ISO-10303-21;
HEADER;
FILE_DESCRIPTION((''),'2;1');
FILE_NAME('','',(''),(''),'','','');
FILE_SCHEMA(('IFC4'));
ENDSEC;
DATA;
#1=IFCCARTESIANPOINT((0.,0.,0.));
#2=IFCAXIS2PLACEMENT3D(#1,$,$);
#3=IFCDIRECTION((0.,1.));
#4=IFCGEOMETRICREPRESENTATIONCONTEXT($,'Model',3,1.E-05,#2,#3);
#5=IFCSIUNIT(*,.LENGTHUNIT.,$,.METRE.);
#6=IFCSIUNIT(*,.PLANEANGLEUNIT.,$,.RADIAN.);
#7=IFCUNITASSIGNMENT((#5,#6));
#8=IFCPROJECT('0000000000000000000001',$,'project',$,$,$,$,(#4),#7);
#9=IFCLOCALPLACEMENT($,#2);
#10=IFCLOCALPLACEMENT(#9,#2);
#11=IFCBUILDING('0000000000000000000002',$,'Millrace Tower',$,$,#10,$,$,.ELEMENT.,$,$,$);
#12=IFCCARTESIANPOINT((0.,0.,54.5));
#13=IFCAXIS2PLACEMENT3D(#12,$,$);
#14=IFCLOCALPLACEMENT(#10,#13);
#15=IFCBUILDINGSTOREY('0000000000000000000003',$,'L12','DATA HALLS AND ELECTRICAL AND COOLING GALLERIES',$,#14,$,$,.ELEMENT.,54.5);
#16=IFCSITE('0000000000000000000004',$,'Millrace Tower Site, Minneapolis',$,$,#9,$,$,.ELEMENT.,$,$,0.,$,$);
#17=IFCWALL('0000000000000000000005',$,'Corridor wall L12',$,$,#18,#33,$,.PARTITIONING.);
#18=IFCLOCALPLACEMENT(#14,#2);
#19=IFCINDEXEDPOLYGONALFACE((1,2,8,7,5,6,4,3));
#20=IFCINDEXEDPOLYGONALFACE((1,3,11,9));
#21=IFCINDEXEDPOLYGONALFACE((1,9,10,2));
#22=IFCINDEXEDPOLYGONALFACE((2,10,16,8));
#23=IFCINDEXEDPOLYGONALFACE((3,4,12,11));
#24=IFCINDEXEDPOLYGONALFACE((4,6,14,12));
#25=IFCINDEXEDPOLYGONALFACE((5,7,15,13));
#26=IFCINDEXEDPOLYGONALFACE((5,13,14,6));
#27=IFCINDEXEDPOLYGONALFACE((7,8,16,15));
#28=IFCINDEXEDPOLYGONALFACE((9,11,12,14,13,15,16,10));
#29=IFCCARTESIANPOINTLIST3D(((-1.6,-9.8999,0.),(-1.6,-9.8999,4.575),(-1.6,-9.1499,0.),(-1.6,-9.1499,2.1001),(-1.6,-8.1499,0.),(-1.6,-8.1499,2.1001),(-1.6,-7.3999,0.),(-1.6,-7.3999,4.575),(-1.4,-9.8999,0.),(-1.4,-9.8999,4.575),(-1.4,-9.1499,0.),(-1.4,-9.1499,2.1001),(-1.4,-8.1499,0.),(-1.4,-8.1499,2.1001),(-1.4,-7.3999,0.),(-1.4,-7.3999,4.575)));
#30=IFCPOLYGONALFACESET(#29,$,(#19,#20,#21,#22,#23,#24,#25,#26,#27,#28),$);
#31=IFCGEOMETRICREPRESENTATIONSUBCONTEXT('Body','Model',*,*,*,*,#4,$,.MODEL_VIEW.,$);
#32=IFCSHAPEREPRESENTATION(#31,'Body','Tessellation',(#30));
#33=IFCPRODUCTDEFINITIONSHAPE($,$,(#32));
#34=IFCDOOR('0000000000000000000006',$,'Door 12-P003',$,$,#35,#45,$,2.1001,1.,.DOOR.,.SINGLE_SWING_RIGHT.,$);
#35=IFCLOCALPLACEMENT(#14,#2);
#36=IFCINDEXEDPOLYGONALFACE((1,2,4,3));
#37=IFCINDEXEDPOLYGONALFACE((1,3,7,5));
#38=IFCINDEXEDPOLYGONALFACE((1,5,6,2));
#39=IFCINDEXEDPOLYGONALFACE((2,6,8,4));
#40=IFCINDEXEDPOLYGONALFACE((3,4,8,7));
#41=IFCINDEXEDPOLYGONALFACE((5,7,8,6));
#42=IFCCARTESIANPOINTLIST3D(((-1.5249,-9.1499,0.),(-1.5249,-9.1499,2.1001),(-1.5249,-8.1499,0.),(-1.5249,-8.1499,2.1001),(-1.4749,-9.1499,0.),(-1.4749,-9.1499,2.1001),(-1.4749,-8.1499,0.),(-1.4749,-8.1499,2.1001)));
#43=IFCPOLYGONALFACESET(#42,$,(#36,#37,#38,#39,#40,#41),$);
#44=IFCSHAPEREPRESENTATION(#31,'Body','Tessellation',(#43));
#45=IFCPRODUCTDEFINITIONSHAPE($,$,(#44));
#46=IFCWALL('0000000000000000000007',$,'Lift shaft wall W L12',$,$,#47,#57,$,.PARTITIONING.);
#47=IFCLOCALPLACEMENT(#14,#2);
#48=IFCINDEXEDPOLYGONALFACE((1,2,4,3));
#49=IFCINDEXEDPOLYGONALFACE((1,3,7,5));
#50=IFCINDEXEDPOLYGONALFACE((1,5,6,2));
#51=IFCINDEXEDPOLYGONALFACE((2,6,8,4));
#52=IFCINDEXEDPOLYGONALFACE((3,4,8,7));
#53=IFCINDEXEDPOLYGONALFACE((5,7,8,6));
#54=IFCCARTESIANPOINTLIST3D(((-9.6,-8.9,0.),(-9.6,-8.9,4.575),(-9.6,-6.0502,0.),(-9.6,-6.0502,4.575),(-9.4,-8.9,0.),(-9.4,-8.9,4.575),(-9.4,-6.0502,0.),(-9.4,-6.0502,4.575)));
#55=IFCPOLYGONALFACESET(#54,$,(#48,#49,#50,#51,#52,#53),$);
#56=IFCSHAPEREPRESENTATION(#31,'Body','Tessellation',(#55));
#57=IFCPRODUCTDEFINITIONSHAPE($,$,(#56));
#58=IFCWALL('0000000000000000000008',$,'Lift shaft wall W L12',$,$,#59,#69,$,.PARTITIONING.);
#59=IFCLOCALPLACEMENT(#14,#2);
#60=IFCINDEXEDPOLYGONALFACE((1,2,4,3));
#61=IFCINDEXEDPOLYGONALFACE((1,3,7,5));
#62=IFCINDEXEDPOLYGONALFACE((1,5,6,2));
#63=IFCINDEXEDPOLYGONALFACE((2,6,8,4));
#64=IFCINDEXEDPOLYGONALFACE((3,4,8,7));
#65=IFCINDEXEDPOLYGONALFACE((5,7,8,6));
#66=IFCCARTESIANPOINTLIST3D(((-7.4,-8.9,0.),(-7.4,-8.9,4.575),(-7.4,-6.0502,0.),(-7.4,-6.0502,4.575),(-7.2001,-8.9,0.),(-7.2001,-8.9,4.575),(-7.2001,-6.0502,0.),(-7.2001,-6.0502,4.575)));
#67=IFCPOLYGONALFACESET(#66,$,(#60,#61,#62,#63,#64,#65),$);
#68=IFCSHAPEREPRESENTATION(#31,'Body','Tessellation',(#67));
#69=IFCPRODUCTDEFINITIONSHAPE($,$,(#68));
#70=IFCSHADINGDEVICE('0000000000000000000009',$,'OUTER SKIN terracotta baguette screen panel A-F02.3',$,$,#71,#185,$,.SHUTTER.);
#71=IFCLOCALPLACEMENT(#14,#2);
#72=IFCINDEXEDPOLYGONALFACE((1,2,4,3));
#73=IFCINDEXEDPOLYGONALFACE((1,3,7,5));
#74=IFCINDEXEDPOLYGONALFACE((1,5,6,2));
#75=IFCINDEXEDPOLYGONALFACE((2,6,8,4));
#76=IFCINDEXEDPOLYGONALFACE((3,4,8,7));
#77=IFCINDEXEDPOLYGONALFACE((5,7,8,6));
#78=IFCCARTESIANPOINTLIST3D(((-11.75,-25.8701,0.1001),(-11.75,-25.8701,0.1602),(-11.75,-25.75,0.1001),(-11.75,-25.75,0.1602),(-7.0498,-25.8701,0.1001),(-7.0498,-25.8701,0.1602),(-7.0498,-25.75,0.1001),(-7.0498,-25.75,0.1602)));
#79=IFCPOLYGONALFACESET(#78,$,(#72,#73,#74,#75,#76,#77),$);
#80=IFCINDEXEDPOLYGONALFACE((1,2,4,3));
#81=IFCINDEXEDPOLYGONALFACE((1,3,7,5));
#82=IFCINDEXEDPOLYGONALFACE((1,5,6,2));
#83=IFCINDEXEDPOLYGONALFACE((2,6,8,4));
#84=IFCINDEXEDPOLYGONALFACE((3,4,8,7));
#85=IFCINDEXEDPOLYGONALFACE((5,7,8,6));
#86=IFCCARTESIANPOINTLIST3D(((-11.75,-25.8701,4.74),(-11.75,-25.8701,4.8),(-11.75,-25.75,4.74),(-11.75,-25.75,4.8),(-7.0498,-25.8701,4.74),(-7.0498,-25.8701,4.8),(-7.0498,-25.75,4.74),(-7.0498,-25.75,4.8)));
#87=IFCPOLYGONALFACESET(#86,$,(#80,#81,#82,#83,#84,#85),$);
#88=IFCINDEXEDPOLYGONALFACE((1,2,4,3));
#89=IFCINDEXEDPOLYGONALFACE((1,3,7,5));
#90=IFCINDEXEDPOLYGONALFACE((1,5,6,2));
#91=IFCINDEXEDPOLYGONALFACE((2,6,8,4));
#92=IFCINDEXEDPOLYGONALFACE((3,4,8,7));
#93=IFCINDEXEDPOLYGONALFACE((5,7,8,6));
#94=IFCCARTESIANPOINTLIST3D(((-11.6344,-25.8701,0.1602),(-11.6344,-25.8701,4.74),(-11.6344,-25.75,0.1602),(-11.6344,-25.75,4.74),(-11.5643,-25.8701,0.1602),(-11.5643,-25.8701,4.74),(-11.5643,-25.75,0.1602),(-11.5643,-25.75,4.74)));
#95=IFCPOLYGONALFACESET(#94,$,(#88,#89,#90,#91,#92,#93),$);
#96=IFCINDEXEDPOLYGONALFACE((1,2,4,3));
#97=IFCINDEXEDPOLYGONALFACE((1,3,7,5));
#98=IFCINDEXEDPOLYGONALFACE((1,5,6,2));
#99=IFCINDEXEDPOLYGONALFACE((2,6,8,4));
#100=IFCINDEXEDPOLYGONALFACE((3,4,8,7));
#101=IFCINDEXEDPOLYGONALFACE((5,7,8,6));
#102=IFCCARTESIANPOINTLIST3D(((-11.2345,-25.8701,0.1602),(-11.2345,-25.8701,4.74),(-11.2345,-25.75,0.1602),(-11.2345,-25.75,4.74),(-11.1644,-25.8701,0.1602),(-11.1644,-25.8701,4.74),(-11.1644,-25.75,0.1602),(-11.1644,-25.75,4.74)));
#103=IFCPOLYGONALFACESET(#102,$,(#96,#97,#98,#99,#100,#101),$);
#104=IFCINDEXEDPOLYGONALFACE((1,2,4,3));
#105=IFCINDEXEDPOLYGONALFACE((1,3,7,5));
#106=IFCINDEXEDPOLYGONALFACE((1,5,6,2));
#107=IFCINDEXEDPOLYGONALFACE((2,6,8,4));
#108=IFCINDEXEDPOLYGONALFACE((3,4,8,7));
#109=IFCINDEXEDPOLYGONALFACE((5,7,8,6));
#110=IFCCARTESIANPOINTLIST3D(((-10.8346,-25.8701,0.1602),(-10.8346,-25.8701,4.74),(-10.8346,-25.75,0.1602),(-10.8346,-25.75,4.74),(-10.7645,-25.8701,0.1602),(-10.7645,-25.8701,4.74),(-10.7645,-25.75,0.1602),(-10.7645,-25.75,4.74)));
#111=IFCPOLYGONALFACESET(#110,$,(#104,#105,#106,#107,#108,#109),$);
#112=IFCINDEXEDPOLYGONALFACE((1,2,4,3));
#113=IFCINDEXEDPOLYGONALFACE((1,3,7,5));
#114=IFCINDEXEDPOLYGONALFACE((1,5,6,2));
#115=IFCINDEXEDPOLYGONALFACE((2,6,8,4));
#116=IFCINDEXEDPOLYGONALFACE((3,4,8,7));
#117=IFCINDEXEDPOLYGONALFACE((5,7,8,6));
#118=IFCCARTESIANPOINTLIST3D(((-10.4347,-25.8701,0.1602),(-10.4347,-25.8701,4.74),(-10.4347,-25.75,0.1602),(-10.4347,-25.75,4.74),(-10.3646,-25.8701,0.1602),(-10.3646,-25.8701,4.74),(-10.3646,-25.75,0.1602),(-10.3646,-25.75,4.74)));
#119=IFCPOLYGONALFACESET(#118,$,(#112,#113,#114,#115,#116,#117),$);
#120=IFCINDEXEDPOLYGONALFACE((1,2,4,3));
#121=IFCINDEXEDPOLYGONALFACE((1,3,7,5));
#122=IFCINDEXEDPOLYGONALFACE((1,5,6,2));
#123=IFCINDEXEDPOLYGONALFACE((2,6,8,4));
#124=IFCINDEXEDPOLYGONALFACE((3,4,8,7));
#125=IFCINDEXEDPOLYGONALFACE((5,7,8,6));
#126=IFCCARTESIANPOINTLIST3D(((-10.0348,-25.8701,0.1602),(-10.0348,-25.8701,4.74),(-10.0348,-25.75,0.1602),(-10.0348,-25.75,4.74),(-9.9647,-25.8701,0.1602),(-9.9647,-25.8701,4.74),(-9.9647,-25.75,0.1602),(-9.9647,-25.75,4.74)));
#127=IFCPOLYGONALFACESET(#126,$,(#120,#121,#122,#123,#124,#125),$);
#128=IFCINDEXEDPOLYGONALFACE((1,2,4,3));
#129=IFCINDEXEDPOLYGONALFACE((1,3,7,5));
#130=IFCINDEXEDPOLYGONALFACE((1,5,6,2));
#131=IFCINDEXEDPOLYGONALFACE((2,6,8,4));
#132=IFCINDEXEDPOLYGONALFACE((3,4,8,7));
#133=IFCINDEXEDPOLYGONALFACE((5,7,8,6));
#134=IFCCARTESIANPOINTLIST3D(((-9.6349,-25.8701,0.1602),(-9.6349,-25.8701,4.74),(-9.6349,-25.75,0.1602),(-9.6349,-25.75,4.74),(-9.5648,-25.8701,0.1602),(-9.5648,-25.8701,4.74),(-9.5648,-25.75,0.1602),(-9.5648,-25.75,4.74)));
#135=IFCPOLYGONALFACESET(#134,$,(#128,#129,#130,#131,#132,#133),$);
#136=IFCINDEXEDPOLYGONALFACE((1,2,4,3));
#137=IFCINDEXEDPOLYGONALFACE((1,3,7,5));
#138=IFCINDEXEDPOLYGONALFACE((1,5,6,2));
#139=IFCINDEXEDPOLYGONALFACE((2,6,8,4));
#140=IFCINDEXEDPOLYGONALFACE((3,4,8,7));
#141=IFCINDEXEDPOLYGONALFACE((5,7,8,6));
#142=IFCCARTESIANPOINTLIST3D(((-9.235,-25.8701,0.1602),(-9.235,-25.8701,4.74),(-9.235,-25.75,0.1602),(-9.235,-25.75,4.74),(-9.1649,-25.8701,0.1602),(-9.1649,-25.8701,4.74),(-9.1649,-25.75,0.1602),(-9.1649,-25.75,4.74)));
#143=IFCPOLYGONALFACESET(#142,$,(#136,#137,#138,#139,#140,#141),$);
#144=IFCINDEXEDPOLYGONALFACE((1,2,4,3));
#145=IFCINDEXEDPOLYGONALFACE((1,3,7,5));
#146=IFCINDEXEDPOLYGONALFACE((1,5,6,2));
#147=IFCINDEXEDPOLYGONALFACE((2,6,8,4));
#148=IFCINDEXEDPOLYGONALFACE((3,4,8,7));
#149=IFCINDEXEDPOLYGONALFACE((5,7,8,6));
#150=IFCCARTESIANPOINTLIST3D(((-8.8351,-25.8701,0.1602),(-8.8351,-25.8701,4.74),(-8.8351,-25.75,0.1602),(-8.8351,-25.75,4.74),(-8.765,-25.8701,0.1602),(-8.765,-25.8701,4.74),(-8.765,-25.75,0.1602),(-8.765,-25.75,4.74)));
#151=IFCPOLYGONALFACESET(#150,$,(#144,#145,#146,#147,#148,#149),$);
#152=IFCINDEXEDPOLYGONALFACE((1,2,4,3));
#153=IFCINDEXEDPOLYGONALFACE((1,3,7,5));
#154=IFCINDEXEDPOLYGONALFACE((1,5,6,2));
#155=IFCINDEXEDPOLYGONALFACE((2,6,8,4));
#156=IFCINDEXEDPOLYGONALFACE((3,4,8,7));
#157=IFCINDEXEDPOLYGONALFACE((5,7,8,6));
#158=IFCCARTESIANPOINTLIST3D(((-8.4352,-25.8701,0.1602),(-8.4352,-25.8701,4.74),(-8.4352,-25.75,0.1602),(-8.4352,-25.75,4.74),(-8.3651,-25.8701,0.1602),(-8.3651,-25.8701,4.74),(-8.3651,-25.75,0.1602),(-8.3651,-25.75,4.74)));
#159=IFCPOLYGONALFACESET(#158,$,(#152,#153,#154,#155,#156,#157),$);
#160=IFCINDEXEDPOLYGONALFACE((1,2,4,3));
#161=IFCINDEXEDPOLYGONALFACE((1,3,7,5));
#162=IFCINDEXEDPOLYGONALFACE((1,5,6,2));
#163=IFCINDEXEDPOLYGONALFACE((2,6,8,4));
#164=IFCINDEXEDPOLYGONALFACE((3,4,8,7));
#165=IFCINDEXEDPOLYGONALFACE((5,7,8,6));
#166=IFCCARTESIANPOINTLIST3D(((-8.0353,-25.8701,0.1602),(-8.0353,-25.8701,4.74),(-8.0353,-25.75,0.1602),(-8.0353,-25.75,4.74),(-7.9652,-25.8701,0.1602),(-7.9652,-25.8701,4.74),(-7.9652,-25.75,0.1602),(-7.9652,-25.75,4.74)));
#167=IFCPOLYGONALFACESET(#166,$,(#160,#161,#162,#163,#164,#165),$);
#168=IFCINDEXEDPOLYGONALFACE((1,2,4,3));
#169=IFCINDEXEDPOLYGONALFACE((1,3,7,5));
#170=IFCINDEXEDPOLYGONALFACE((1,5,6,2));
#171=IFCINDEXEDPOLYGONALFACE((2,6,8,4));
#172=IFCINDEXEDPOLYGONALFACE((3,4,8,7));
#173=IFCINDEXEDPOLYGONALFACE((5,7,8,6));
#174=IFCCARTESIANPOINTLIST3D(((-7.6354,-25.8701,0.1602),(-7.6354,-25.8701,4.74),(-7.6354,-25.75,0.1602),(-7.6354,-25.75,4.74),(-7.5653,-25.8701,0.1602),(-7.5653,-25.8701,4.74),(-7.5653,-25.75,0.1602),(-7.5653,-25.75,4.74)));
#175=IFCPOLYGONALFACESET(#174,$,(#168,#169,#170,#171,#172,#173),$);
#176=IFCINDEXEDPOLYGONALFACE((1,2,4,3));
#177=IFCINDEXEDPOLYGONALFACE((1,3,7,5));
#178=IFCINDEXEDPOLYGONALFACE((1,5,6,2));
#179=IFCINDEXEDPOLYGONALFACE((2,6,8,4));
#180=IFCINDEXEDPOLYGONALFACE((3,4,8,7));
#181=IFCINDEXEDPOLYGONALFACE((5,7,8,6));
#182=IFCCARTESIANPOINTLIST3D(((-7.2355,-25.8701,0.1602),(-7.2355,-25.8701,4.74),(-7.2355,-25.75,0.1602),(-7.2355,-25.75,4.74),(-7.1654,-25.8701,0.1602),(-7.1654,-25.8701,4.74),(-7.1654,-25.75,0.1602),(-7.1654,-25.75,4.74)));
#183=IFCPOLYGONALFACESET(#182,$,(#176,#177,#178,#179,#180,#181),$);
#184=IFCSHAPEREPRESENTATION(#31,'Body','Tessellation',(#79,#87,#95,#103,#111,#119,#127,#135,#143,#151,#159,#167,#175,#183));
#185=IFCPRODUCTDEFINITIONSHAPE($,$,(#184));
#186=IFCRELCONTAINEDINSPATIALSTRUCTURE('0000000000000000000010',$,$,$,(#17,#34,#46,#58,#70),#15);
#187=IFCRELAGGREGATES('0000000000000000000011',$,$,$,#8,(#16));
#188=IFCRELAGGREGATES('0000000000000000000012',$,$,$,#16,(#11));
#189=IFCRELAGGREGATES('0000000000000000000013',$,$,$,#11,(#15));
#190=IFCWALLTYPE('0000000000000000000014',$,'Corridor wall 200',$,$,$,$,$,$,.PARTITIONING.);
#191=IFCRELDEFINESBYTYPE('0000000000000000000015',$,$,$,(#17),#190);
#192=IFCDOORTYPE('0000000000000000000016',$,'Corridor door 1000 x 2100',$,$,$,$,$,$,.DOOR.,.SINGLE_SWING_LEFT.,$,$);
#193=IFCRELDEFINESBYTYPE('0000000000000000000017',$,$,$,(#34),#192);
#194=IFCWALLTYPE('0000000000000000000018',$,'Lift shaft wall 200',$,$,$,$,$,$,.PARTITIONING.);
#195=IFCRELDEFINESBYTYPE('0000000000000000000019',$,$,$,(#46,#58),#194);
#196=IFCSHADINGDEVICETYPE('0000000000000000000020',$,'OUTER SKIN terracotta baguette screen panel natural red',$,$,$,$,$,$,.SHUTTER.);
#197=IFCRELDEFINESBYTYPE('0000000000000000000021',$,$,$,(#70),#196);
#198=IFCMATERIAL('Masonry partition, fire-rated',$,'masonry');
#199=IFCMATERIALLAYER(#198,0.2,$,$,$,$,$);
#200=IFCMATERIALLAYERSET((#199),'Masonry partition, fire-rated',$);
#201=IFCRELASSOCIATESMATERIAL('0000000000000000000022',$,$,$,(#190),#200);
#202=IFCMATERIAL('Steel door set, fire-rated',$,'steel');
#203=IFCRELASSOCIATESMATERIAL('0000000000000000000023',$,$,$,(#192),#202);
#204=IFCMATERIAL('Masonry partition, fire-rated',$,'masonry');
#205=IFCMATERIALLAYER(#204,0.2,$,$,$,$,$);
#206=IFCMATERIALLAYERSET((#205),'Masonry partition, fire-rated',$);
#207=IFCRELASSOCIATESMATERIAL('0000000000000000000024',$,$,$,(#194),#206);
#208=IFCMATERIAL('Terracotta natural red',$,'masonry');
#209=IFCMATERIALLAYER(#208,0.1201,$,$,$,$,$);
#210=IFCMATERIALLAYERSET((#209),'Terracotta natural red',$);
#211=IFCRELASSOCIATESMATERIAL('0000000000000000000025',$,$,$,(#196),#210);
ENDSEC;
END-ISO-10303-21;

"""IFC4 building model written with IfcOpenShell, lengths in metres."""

from ifc_helpers import new_model, entity, si_unit, direction, frame, frame_2d, origin, place, context, subcontext, project, spatial, rectangle, extrude, source, transform, mapped, material, layer, layer_set, type_object, element, fill, save


model = new_model("IFC4")

# Units and contexts
model_context = context("Model", 3, precision=1e-05, world=origin(), true_north=direction((0.0, 1.0)))
body_context = subcontext(model_context, "Body", "Model", "MODEL_VIEW")
ifc_project = project(units=[si_unit("LENGTHUNIT", "METRE"), si_unit("PLANEANGLEUNIT", "RADIAN")], contexts=[model_context])

# Site, building, storey
site_placement = place(None, origin())
site = spatial("IfcSite", under=ifc_project, at=site_placement, Name="Millrace Tower Site, Minneapolis", CompositionType="ELEMENT", RefElevation=0.0)
building_placement = place(site_placement, origin())
building = spatial("IfcBuilding", under=site, at=building_placement, Name="Millrace Tower", CompositionType="ELEMENT")
storey_placement = place(building_placement, frame((0.0, 0.0, 54.5)))
storey = spatial("IfcBuildingStorey", under=building, at=storey_placement, Name="L12", Description="DATA HALLS AND ELECTRICAL AND COOLING GALLERIES", CompositionType="ELEMENT", Elevation=54.5)

# Shared definitions
ifc_material_1 = material(Name="Masonry partition, fire-rated", Category="masonry")
ifc_layer_1 = layer(ifc_material_1, 0.2)
ifc_layer_set_1 = layer_set([ifc_layer_1], Name="Masonry partition, fire-rated")
wall_type_1 = type_object("IfcWallType", Name="Corridor wall 200", PredefinedType="PARTITIONING", material=ifc_layer_set_1)

# Wall, opening, door
wall_1_placement = place(storey_placement, frame((-1.5, -9.8999, 0.0), z_axis=(0.0, 0.0, 1.0), x_axis=(0.0, 1.0, 0.0)))
wall_1 = element("IfcWall", 1, at=wall_1_placement, inside=storey, type_object=wall_type_1, Name="Corridor wall L12", PredefinedType="PARTITIONING", context=body_context, shape_type="SweptSolid", body=[
    extrude(rectangle(XDim=2.5, YDim=0.2, at=frame_2d((1.25, 0.0))), origin(), (0.0, 0.0, 1.0), 4.575),
])
opening_placement = place(wall_1_placement, frame((0.75, 0.0, 0.0)))
opening = element("IfcOpeningElement", 2, at=opening_placement, cuts=wall_1, PredefinedType="OPENING", context=body_context, shape_type="SweptSolid", body=[
    extrude(rectangle(XDim=1.0, YDim=2.1001, at=frame_2d((0.5, 1.05))), frame((0.0, 0.1099, 0.0), z_axis=(0.0, -1.0, 0.0), x_axis=(1.0, 0.0, 0.0)), (0.0, 0.0, 1.0), 0.22),
])
ifc_material_2 = material(Name="Steel door set, fire-rated", Category="steel")
door_type = type_object("IfcDoorType", Name="Corridor door 1000 x 2100", OperationType="SINGLE_SWING_LEFT", PredefinedType="DOOR", material=ifc_material_2)
door_placement = place(opening_placement, origin())
door = element("IfcDoor", 3, at=door_placement, inside=storey, type_object=door_type, Name="Door 12-P003", OperationType="SINGLE_SWING_RIGHT", OverallHeight=2.1001, OverallWidth=1.0, PredefinedType="DOOR", context=body_context, shape_type="SweptSolid", body=[
    extrude(rectangle(XDim=1.0, YDim=2.1001, at=frame_2d((0.5, 1.05))), frame((0.0, 0.0249, 0.0), z_axis=(0.0, -1.0, 0.0), x_axis=(1.0, 0.0, 0.0)), (0.0, 0.0, 1.0), 0.05),
])
fill(opening, door)

# Walls
ifc_material_3 = material(Name="Masonry partition, fire-rated", Category="masonry")
ifc_layer_2 = layer(ifc_material_3, 0.2)
ifc_layer_set_2 = layer_set([ifc_layer_2], Name="Masonry partition, fire-rated")
wall_type_2 = type_object("IfcWallType", Name="Lift shaft wall 200", PredefinedType="PARTITIONING", material=ifc_layer_set_2)
for number, where, z_axis, x_axis, name in (
    (4, (-9.5, -8.8999, 0.0), (0.0, 0.0, 1.0), (0.0, 1.0, 0.0), "Lift shaft wall W L12"),
    (5, (-7.3, -8.8999, 0.0), (0.0, 0.0, 1.0), (0.0, 1.0, 0.0), "Lift shaft wall W L12"),
):
    element("IfcWall", number, at=place(storey_placement, frame(where, z_axis=z_axis, x_axis=x_axis)), inside=storey, type_object=wall_type_2, Name=name, PredefinedType="PARTITIONING", context=body_context, shape_type="SweptSolid", body=[
        extrude(rectangle(XDim=2.8499, YDim=0.2, at=frame_2d((1.4248, 0.0))), origin(), (0.0, 0.0, 1.0), 4.575),
    ])

# Shading device
cartesian_point = entity("IfcCartesianPoint", [-2.3501, 0.0601])
shared_polyline = entity("IfcPolyline", [cartesian_point, entity("IfcCartesianPoint", [2.3501, 0.0601]), entity("IfcCartesianPoint", [2.3501, -0.0601]), entity("IfcCartesianPoint", [-2.3501, -0.0601]), cartesian_point])
ifc_material_4 = material(Name="Terracotta natural red", Category="masonry")
ifc_layer_3 = layer(ifc_material_4, 0.1201)
ifc_layer_set_3 = layer_set([ifc_layer_3], Name="Terracotta natural red")
shading_device_type_1 = type_object("IfcShadingDeviceType", Name="OUTER SKIN terracotta baguette screen panel natural red", PredefinedType="SHUTTER", material=ifc_layer_set_3)
shared_shape_1 = source(origin(), body_context, "Body", "SweptSolid", [
    entity("IfcExtrudedAreaSolid", entity("IfcArbitraryClosedProfileDef", "AREA", None, shared_polyline), entity("IfcAxis2Placement3D", entity("IfcCartesianPoint", [0.0, 0.0, 0.0])), entity("IfcDirection", [0.0, 0.0, 1.0]), 0.0601),
    entity("IfcExtrudedAreaSolid", entity("IfcArbitraryClosedProfileDef", "AREA", None, shared_polyline), entity("IfcAxis2Placement3D", entity("IfcCartesianPoint", [0.0, 0.0, 4.6399])), entity("IfcDirection", [0.0, 0.0, 1.0]), 0.0601),
    extrude(rectangle(XDim=0.0701, YDim=0.1201, at=frame_2d((-2.1995, 0.0))), frame((0.0, 0.0, 0.0601)), (0.0, 0.0, 1.0), 4.5798),
    extrude(rectangle(XDim=0.0701, YDim=0.1201, at=frame_2d((-1.7996, 0.0))), frame((0.0, 0.0, 0.0601)), (0.0, 0.0, 1.0), 4.5798),
    extrude(rectangle(XDim=0.0701, YDim=0.1201, at=frame_2d((-1.3997, 0.0))), frame((0.0, 0.0, 0.0601)), (0.0, 0.0, 1.0), 4.5798),
    extrude(rectangle(XDim=0.0701, YDim=0.1201, at=frame_2d((-0.9998, 0.0))), frame((0.0, 0.0, 0.0601)), (0.0, 0.0, 1.0), 4.5798),
    extrude(rectangle(XDim=0.0701, YDim=0.1201, at=frame_2d((-0.5999, 0.0))), frame((0.0, 0.0, 0.0601)), (0.0, 0.0, 1.0), 4.5798),
    extrude(rectangle(XDim=0.0701, YDim=0.1201, at=frame_2d((-0.2, 0.0))), frame((0.0, 0.0, 0.0601)), (0.0, 0.0, 1.0), 4.5798),
    extrude(rectangle(XDim=0.0701, YDim=0.1201, at=frame_2d((0.2, 0.0))), frame((0.0, 0.0, 0.0601)), (0.0, 0.0, 1.0), 4.5798),
    extrude(rectangle(XDim=0.0701, YDim=0.1201, at=frame_2d((0.5999, 0.0))), frame((0.0, 0.0, 0.0601)), (0.0, 0.0, 1.0), 4.5798),
    extrude(rectangle(XDim=0.0701, YDim=0.1201, at=frame_2d((0.9998, 0.0))), frame((0.0, 0.0, 0.0601)), (0.0, 0.0, 1.0), 4.5798),
    extrude(rectangle(XDim=0.0701, YDim=0.1201, at=frame_2d((1.3997, 0.0))), frame((0.0, 0.0, 0.0601)), (0.0, 0.0, 1.0), 4.5798),
    extrude(rectangle(XDim=0.0701, YDim=0.1201, at=frame_2d((1.7996, 0.0))), frame((0.0, 0.0, 0.0601)), (0.0, 0.0, 1.0), 4.5798),
    extrude(rectangle(XDim=0.0701, YDim=0.1201, at=frame_2d((2.1995, 0.0))), frame((0.0, 0.0, 0.0601)), (0.0, 0.0, 1.0), 4.5798),
])
for number, where, z_axis, x_axis, name in (
    (6, (-9.3999, -25.8101, 0.1001), (0.0, 0.0, 1.0), (1.0, 0.0, 0.0), "OUTER SKIN terracotta baguette screen panel A-F02.3"),
):
    element("IfcShadingDevice", number, at=place(storey_placement, frame(where, z_axis=z_axis, x_axis=x_axis)), inside=storey, type_object=shading_device_type_1, Name=name, PredefinedType="SHUTTER", context=body_context, shape_type="MappedRepresentation", body=[
        mapped(shared_shape_1, transform((0.0, 0.0, 0.0), scale=1.0)),
    ])

save(model, "model.ifc")
